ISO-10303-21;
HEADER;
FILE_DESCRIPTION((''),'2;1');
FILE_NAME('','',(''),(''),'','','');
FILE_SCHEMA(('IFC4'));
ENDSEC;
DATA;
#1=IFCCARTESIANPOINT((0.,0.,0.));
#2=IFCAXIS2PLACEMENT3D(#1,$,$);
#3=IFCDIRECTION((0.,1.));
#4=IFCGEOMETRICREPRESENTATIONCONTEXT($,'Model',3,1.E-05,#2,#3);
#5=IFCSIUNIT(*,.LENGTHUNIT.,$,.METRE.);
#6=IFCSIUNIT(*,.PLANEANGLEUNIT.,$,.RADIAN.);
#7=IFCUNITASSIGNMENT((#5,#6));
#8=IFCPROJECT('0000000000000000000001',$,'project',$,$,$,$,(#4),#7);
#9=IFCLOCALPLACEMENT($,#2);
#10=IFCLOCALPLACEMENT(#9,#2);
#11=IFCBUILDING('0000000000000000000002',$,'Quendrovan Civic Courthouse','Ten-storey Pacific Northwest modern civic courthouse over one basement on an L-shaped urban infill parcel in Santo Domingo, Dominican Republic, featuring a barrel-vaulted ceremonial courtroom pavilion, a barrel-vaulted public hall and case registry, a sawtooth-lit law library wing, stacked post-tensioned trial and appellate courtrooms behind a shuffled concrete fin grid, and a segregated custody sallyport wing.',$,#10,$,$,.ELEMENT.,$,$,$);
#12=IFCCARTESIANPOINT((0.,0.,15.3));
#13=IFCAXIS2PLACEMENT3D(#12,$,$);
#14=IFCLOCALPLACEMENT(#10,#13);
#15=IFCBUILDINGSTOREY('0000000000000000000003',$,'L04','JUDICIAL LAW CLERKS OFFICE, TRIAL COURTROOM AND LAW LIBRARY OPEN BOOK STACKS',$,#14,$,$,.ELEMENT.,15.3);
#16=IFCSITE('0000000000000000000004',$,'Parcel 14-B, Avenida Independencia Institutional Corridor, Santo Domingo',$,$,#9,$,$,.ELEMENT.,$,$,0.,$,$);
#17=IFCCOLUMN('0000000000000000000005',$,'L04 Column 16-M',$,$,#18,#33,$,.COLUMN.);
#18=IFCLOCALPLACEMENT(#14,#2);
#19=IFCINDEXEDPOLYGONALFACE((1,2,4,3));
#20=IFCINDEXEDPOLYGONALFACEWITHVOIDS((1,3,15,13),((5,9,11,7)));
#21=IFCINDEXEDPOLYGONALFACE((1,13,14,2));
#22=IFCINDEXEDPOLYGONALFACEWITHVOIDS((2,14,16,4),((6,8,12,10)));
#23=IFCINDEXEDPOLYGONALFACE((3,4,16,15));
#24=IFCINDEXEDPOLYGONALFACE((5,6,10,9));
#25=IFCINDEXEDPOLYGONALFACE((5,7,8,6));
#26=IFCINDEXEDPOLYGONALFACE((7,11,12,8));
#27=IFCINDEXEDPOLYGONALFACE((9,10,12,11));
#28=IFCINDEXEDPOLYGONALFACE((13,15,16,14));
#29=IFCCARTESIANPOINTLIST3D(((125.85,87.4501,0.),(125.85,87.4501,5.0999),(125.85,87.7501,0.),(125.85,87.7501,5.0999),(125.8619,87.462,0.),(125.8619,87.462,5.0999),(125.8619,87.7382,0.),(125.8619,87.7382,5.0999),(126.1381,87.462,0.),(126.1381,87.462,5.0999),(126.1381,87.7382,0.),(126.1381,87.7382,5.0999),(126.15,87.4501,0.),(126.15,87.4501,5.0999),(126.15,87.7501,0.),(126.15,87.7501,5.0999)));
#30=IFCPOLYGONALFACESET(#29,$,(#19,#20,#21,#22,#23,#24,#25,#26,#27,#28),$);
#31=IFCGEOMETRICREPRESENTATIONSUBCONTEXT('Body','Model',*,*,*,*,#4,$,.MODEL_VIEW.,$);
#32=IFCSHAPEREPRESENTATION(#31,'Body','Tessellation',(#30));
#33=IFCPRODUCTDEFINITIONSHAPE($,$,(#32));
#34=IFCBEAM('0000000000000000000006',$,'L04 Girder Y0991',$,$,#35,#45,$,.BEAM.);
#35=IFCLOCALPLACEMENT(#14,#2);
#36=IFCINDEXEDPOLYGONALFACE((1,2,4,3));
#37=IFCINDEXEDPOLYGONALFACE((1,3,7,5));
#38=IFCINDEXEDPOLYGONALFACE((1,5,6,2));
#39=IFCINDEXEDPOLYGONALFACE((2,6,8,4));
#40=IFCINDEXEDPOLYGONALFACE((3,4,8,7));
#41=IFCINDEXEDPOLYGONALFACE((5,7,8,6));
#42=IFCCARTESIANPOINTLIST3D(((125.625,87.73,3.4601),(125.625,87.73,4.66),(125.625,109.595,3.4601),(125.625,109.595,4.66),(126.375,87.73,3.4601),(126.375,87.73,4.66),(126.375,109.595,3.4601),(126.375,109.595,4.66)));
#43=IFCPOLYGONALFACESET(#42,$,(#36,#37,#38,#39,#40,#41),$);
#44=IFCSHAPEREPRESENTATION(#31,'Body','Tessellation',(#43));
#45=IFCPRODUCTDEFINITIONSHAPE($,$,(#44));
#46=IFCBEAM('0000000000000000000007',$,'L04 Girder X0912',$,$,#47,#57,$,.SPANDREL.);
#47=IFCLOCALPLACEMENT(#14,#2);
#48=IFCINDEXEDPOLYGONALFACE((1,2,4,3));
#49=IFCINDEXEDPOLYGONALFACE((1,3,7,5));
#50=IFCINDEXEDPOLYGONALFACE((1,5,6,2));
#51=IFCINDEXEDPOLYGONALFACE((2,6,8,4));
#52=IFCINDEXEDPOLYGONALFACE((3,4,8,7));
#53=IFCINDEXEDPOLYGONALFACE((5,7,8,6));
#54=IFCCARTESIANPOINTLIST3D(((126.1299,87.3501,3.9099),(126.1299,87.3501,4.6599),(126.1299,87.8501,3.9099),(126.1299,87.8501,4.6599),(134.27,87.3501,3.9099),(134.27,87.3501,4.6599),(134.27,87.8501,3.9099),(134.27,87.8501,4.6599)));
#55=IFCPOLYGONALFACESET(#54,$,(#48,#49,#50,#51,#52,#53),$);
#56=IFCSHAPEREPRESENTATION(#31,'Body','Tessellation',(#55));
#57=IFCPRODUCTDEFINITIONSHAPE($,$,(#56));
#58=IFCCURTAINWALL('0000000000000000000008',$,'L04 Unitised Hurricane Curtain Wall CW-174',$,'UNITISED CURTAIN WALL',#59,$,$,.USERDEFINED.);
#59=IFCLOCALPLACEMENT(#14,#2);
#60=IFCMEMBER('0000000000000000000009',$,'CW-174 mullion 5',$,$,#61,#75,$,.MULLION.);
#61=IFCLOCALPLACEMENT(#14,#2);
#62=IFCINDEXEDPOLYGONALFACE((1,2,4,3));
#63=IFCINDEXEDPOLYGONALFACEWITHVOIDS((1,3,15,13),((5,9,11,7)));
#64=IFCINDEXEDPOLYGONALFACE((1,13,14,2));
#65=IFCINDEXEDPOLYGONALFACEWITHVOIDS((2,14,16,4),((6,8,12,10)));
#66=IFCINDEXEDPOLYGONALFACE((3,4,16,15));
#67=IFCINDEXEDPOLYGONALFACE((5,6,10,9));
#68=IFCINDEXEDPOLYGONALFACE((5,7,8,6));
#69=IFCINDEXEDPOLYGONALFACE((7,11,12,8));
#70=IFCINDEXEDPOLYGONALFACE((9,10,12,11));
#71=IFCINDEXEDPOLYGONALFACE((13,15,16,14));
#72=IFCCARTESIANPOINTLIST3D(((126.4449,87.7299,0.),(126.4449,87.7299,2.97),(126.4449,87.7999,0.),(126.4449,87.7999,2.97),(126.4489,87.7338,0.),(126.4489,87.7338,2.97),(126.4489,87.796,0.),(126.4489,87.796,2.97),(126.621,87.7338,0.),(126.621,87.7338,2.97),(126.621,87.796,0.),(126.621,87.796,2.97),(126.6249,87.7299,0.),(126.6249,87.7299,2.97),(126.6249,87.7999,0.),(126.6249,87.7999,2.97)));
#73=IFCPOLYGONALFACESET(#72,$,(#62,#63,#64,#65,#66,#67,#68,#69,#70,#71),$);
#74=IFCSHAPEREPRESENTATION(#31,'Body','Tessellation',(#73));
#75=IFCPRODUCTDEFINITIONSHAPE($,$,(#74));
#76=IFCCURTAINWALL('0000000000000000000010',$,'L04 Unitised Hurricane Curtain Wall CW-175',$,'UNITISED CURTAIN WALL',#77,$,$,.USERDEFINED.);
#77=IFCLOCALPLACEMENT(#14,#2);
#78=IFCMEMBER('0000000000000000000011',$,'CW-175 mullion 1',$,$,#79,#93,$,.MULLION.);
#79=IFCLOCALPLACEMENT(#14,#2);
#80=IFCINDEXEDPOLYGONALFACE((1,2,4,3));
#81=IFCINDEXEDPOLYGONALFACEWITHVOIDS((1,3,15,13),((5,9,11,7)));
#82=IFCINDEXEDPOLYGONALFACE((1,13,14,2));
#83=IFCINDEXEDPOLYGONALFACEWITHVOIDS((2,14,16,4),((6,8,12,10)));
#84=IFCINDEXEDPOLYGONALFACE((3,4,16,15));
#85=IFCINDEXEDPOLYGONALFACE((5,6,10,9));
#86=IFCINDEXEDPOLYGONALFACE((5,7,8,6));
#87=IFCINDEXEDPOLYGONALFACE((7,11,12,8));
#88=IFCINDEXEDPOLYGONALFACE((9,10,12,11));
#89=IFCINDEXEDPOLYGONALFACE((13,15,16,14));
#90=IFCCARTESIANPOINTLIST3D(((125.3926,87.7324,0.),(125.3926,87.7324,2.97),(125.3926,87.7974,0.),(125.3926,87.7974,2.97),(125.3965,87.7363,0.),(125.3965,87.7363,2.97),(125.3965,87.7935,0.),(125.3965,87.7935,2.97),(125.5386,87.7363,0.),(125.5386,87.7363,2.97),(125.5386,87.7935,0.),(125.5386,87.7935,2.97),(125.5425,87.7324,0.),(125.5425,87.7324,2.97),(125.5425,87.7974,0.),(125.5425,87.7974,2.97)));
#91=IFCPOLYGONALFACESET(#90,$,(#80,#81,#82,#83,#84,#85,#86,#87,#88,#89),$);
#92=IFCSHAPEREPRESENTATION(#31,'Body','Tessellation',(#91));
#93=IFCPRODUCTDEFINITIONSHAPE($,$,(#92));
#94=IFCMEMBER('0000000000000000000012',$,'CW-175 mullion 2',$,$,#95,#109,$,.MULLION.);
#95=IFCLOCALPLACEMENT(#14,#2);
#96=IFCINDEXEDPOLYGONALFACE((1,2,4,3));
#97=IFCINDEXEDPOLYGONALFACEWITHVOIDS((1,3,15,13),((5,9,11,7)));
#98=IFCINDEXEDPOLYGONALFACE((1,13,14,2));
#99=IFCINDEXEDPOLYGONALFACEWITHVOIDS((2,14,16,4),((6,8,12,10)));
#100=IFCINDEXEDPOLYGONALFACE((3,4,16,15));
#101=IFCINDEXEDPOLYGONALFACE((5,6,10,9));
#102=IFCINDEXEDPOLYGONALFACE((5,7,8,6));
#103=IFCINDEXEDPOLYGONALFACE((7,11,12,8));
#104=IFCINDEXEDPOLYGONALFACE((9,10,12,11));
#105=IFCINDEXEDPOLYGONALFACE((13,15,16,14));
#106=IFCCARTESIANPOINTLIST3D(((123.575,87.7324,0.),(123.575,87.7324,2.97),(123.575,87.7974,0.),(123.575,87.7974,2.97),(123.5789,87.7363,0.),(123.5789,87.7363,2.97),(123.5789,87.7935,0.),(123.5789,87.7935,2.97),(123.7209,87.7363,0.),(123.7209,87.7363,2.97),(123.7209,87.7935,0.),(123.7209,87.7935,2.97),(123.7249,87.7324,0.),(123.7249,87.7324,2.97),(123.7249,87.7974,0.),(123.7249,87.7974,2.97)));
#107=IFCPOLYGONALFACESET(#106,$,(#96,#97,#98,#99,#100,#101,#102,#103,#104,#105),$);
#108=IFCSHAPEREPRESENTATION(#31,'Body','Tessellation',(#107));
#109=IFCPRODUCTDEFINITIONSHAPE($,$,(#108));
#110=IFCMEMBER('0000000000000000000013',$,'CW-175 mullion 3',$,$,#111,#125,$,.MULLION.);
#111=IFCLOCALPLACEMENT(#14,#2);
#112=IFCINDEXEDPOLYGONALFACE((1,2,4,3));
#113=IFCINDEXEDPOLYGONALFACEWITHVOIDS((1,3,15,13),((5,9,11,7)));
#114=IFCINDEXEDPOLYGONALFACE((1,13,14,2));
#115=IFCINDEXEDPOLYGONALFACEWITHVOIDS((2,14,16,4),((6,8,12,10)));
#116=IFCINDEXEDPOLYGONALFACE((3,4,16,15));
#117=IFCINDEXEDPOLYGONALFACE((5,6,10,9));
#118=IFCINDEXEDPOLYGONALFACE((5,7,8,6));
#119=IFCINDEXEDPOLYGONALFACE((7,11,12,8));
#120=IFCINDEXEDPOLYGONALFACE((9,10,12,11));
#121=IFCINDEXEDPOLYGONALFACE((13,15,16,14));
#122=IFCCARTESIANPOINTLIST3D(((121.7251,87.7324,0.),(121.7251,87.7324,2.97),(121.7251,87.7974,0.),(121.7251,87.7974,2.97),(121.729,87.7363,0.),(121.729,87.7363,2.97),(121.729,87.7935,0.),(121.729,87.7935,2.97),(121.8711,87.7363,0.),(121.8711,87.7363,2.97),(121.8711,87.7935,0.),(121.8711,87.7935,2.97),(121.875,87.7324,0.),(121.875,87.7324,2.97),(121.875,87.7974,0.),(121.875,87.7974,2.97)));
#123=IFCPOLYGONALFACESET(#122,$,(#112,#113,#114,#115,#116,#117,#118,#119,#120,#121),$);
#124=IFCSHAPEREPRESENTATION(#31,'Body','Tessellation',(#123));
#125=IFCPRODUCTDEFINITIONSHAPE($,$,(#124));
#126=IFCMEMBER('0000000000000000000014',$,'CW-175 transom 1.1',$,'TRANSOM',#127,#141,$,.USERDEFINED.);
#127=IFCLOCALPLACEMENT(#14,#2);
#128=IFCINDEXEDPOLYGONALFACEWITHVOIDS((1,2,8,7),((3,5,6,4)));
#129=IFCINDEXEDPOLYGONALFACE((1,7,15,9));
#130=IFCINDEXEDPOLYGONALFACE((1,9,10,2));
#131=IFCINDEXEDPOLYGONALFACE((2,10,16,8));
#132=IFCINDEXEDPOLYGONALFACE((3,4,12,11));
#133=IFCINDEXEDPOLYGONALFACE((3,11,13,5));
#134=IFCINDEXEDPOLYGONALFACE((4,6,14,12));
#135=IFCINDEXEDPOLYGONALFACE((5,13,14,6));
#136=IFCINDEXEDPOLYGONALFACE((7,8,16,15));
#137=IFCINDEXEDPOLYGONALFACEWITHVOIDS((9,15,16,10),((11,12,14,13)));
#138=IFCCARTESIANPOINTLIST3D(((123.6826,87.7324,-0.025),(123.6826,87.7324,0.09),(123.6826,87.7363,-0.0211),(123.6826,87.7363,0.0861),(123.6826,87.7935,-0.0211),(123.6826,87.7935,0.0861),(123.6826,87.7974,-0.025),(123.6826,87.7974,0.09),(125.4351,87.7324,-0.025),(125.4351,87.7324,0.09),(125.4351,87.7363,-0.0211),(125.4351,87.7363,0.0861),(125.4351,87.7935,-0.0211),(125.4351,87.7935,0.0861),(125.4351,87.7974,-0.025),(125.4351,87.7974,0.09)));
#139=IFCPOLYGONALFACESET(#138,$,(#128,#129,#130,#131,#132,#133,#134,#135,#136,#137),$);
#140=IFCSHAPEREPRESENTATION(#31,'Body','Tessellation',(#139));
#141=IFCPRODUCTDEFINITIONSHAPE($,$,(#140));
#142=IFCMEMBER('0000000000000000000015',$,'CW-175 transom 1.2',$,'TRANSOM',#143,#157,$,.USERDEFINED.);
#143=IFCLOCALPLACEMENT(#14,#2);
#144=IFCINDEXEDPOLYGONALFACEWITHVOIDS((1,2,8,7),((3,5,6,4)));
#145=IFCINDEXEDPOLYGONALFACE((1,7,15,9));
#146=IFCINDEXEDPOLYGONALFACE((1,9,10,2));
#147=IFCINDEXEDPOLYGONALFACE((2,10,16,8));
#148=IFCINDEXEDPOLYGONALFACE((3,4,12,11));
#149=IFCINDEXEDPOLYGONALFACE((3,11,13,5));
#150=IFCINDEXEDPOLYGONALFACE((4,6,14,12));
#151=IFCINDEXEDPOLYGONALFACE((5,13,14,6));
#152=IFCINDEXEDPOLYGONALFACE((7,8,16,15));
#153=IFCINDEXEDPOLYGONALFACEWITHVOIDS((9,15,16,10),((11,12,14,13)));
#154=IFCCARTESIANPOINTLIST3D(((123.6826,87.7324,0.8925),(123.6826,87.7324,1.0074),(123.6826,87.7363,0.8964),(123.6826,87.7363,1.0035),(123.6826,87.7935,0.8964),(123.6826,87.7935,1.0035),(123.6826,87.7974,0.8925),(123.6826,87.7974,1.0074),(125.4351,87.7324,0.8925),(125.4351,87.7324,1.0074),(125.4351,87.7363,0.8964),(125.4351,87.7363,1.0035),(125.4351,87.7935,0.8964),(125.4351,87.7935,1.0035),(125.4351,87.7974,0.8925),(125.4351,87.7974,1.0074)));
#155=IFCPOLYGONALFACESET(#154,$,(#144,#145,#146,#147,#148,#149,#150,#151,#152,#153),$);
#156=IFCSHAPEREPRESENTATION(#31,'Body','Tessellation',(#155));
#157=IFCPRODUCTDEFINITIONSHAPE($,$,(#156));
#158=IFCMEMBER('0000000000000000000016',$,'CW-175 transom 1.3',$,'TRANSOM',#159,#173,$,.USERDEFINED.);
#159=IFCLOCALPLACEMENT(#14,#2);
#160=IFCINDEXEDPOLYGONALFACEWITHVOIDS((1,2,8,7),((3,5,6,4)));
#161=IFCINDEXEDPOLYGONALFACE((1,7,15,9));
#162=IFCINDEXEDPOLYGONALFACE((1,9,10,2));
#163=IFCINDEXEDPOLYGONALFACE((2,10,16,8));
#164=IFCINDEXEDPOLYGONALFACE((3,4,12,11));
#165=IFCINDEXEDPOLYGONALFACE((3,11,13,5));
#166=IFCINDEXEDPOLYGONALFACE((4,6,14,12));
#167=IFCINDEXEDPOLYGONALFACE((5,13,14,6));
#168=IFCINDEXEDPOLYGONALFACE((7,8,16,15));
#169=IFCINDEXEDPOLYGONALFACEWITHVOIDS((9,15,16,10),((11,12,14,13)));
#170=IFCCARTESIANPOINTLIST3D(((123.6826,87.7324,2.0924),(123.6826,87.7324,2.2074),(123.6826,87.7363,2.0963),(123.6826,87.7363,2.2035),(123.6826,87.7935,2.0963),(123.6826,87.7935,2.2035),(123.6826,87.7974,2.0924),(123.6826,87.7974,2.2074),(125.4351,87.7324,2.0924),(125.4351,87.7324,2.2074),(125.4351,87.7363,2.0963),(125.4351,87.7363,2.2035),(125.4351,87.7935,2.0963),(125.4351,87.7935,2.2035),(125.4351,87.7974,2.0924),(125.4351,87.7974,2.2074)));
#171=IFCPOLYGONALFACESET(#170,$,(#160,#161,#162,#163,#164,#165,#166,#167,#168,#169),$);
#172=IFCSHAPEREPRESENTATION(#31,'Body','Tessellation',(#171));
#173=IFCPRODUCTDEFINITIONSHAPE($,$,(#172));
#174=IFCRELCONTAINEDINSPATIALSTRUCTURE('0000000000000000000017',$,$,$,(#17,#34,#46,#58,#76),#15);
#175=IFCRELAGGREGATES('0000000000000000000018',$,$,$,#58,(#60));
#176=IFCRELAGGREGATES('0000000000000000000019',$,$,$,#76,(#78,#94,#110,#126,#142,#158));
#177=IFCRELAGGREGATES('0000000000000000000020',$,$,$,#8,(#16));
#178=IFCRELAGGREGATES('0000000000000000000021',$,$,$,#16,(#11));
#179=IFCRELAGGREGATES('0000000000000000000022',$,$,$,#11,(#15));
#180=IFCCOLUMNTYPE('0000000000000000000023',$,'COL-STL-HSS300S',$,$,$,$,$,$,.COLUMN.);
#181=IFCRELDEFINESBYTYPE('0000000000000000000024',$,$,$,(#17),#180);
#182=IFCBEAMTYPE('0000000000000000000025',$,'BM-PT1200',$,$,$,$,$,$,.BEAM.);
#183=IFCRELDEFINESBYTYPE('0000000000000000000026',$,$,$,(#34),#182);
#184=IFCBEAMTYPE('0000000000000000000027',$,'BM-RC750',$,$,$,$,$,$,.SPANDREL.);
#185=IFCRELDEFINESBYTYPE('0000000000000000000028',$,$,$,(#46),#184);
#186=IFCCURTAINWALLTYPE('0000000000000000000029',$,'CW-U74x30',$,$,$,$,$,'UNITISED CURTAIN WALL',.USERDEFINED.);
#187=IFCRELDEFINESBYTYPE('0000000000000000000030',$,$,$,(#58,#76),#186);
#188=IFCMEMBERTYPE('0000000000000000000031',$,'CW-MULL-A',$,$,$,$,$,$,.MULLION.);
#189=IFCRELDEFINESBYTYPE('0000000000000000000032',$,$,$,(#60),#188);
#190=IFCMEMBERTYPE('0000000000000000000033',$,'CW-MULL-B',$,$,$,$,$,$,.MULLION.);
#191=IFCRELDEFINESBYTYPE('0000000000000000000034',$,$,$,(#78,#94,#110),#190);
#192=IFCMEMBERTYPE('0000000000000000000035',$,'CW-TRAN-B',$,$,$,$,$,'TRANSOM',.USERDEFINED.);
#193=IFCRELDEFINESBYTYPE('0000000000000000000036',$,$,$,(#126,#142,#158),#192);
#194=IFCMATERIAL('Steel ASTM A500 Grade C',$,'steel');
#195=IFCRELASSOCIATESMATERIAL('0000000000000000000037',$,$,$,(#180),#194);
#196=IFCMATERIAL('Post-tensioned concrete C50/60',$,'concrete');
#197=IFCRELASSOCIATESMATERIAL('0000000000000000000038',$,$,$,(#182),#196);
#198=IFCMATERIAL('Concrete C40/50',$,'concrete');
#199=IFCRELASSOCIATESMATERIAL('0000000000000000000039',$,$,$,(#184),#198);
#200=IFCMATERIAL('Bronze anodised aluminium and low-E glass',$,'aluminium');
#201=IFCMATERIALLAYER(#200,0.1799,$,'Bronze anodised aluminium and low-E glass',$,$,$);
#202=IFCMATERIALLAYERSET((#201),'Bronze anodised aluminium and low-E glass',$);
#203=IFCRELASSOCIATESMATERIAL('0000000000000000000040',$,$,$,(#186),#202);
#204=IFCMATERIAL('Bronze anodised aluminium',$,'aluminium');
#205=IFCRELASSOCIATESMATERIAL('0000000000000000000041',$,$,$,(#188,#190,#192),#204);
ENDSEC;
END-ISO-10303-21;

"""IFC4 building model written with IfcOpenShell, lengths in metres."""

from ifc_helpers import new_model, si_unit, direction, frame, origin, origin_2d, place, context, subcontext, project, spatial, rectangle, hollow_rectangle, extrude, material, layer, layer_set, material_profile, profile_set, type_object, element, aggregate, save


model = new_model("IFC4")

# Units and contexts
model_context = context("Model", 3, precision=1e-05, world=origin(), true_north=direction((0.0, 1.0)))
body_context = subcontext(model_context, "Body", "Model", "MODEL_VIEW")
ifc_project = project(units=[si_unit("LENGTHUNIT", "METRE"), si_unit("PLANEANGLEUNIT", "RADIAN")], contexts=[model_context])

# Site, building, storey
site_placement = place(None, origin())
site = spatial("IfcSite", under=ifc_project, at=site_placement, Name="Parcel 14-B, Avenida Independencia Institutional Corridor, Santo Domingo", CompositionType="ELEMENT", RefElevation=0.0)
building_placement = place(site_placement, origin())
building = spatial("IfcBuilding", under=site, at=building_placement, Name="Quendrovan Civic Courthouse", Description="Ten-storey Pacific Northwest modern civic courthouse over one basement on an L-shaped urban infill parcel in Santo Domingo, Dominican Republic, featuring a barrel-vaulted ceremonial courtroom pavilion, a barrel-vaulted public hall and case registry, a sawtooth-lit law library wing, stacked post-tensioned trial and appellate courtrooms behind a shuffled concrete fin grid, and a segregated custody sallyport wing.", CompositionType="ELEMENT")
storey_placement = place(building_placement, frame((0.0, 0.0, 15.3)))
storey = spatial("IfcBuildingStorey", under=building, at=storey_placement, Name="L04", Description="JUDICIAL LAW CLERKS OFFICE, TRIAL COURTROOM AND LAW LIBRARY OPEN BOOK STACKS", CompositionType="ELEMENT", Elevation=15.3)

# Column
ifc_material_1 = material(Name="Steel ASTM A500 Grade C", Category="steel")
ifc_material_profile_1 = material_profile(ifc_material_1, hollow_rectangle(XDim=0.3, YDim=0.3, WallThickness=0.012, at=origin_2d()), Name="HSS300x300x12")
ifc_profile_set_1 = profile_set([ifc_material_profile_1], Name="Steel ASTM A500 Grade C")
column_type = type_object("IfcColumnType", Name="COL-STL-HSS300S", PredefinedType="COLUMN", material=ifc_profile_set_1)
column_placement = place(storey_placement, frame((126.0, 87.6001, 0.0), z_axis=(0.0, 0.0, 1.0), x_axis=(1.0, 0.0, 0.0)))
element("IfcColumn", 1, at=column_placement, inside=storey, type_object=column_type, Name="L04 Column 16-M", PredefinedType="COLUMN", context=body_context, shape_type="SweptSolid", body=[
    extrude(hollow_rectangle(XDim=0.3, YDim=0.3, WallThickness=0.012, at=origin_2d()), origin(), (0.0, 0.0, 1.0), 5.0999),
])

# Beams
ifc_material_2 = material(Name="Post-tensioned concrete C50/60", Category="concrete")
ifc_material_profile_2 = material_profile(ifc_material_2, rectangle(XDim=0.75, YDim=1.2, at=origin_2d()), Name="PT-GIRD-750x1200")
ifc_profile_set_2 = profile_set([ifc_material_profile_2], Name="Post-tensioned concrete C50/60")
beam_type_1 = type_object("IfcBeamType", Name="BM-PT1200", PredefinedType="BEAM", material=ifc_profile_set_2)
beam_1_placement = place(storey_placement, frame((126.0, 87.73, 4.0601), z_axis=(0.0, 1.0, 0.0), x_axis=(-1.0, 0.0, 0.0)))
element("IfcBeam", 2, at=beam_1_placement, inside=storey, type_object=beam_type_1, Name="L04 Girder Y0991", PredefinedType="BEAM", context=body_context, shape_type="SweptSolid", body=[
    extrude(rectangle(XDim=0.75, YDim=1.2, at=origin_2d()), origin(), (0.0, 0.0, 1.0), 21.865),
])
ifc_material_3 = material(Name="Concrete C40/50", Category="concrete")
ifc_material_profile_3 = material_profile(ifc_material_3, rectangle(XDim=0.5, YDim=0.75, at=origin_2d()), Name="RC-BM-500x750")
ifc_profile_set_3 = profile_set([ifc_material_profile_3], Name="Concrete C40/50")
beam_type_2 = type_object("IfcBeamType", Name="BM-RC750", PredefinedType="SPANDREL", material=ifc_profile_set_3)
beam_2_placement = place(storey_placement, frame((126.1299, 87.6001, 4.2849), z_axis=(1.0, 0.0, 0.0), x_axis=(0.0, 1.0, 0.0)))
element("IfcBeam", 3, at=beam_2_placement, inside=storey, type_object=beam_type_2, Name="L04 Girder X0912", PredefinedType="SPANDREL", context=body_context, shape_type="SweptSolid", body=[
    extrude(rectangle(XDim=0.5, YDim=0.75, at=origin_2d()), origin(), (0.0, 0.0, 1.0), 8.1401),
])

# Curtain wall, member
ifc_material_4 = material(Name="Bronze anodised aluminium and low-E glass", Category="aluminium")
ifc_layer_1 = layer(ifc_material_4, 0.1799, Name="Bronze anodised aluminium and low-E glass")
ifc_layer_set_1 = layer_set([ifc_layer_1], Name="Bronze anodised aluminium and low-E glass")
curtain_wall_type = type_object("IfcCurtainWallType", Name="CW-U74x30", ElementType="UNITISED CURTAIN WALL", PredefinedType="USERDEFINED", material=ifc_layer_set_1)
curtain_wall_1_placement = place(storey_placement, origin())
curtain_wall_1 = element("IfcCurtainWall", 4, at=curtain_wall_1_placement, inside=storey, type_object=curtain_wall_type, Name="L04 Unitised Hurricane Curtain Wall CW-174", ObjectType="UNITISED CURTAIN WALL", PredefinedType="USERDEFINED")
ifc_material_5 = material(Name="Bronze anodised aluminium", Category="aluminium")
ifc_material_profile_4 = material_profile(ifc_material_5, hollow_rectangle(XDim=0.0701, YDim=0.1799, WallThickness=0.0039, at=origin_2d()), Name="CW-MULL-70x180")
ifc_profile_set_4 = profile_set([ifc_material_profile_4], Name="Bronze anodised aluminium")
member_type_1 = type_object("IfcMemberType", Name="CW-MULL-A", PredefinedType="MULLION", material=ifc_profile_set_4)
member_1_placement = place(storey_placement, frame((126.5349, 87.7649, 0.0), z_axis=(0.0, 0.0, 1.0), x_axis=(0.0, -1.0, 0.0)))
member_1 = element("IfcMember", 5, at=member_1_placement, type_object=member_type_1, Name="CW-174 mullion 5", PredefinedType="MULLION", context=body_context, shape_type="SweptSolid", body=[
    extrude(hollow_rectangle(XDim=0.0701, YDim=0.1799, WallThickness=0.0039, at=origin_2d()), origin(), (0.0, 0.0, 1.0), 2.97),
])

# Curtain wall, members
curtain_wall_2_placement = place(storey_placement, origin())
curtain_wall_2 = element("IfcCurtainWall", 6, at=curtain_wall_2_placement, inside=storey, type_object=curtain_wall_type, Name="L04 Unitised Hurricane Curtain Wall CW-175", ObjectType="UNITISED CURTAIN WALL", PredefinedType="USERDEFINED")
ifc_material_profile_5 = material_profile(ifc_material_5, hollow_rectangle(XDim=0.0649, YDim=0.1499, WallThickness=0.0039, at=origin_2d()), Name="CW-MULL-65x150")
ifc_profile_set_5 = profile_set([ifc_material_profile_5], Name="Bronze anodised aluminium")
member_type_2 = type_object("IfcMemberType", Name="CW-MULL-B", PredefinedType="MULLION", material=ifc_profile_set_5)
member_2_placement = place(storey_placement, frame((125.4675, 87.7649, 0.0), z_axis=(0.0, 0.0, 1.0), x_axis=(0.0, -1.0, 0.0)))
member_2 = element("IfcMember", 7, at=member_2_placement, type_object=member_type_2, Name="CW-175 mullion 1", PredefinedType="MULLION", context=body_context, shape_type="SweptSolid", body=[
    extrude(hollow_rectangle(XDim=0.0649, YDim=0.1499, WallThickness=0.0039, at=origin_2d()), origin(), (0.0, 0.0, 1.0), 2.97),
])
member_3_placement = place(storey_placement, frame((123.6499, 87.7649, 0.0), z_axis=(0.0, 0.0, 1.0), x_axis=(0.0, -1.0, 0.0)))
member_3 = element("IfcMember", 8, at=member_3_placement, type_object=member_type_2, Name="CW-175 mullion 2", PredefinedType="MULLION", context=body_context, shape_type="SweptSolid", body=[
    extrude(hollow_rectangle(XDim=0.0649, YDim=0.1499, WallThickness=0.0039, at=origin_2d()), origin(), (0.0, 0.0, 1.0), 2.97),
])
member_4_placement = place(storey_placement, frame((121.8, 87.7649, 0.0), z_axis=(0.0, 0.0, 1.0), x_axis=(0.0, -1.0, 0.0)))
member_4 = element("IfcMember", 9, at=member_4_placement, type_object=member_type_2, Name="CW-175 mullion 3", PredefinedType="MULLION", context=body_context, shape_type="SweptSolid", body=[
    extrude(hollow_rectangle(XDim=0.0649, YDim=0.1499, WallThickness=0.0039, at=origin_2d()), origin(), (0.0, 0.0, 1.0), 2.97),
])
ifc_material_profile_6 = material_profile(ifc_material_5, hollow_rectangle(XDim=0.0649, YDim=0.115, WallThickness=0.0039, at=origin_2d()), Name="CW-TRAN-65x115")
ifc_profile_set_6 = profile_set([ifc_material_profile_6], Name="Bronze anodised aluminium")
member_type_3 = type_object("IfcMemberType", Name="CW-TRAN-B", ElementType="TRANSOM", PredefinedType="USERDEFINED", material=ifc_profile_set_6)
member_5_placement = place(storey_placement, frame((125.4351, 87.7649, 0.0325), z_axis=(-1.0, 0.0, 0.0), x_axis=(0.0, -1.0, 0.0)))
member_5 = element("IfcMember", 10, at=member_5_placement, type_object=member_type_3, Name="CW-175 transom 1.1", ObjectType="TRANSOM", PredefinedType="USERDEFINED", context=body_context, shape_type="SweptSolid", body=[
    extrude(hollow_rectangle(XDim=0.0649, YDim=0.115, WallThickness=0.0039, at=origin_2d()), origin(), (0.0, 0.0, 1.0), 1.7524),
])
member_6_placement = place(storey_placement, frame((125.4351, 87.7649, 0.95), z_axis=(-1.0, 0.0, 0.0), x_axis=(0.0, -1.0, 0.0)))
member_6 = element("IfcMember", 11, at=member_6_placement, type_object=member_type_3, Name="CW-175 transom 1.2", ObjectType="TRANSOM", PredefinedType="USERDEFINED", context=body_context, shape_type="SweptSolid", body=[
    extrude(hollow_rectangle(XDim=0.0649, YDim=0.115, WallThickness=0.0039, at=origin_2d()), origin(), (0.0, 0.0, 1.0), 1.7524),
])
member_7_placement = place(storey_placement, frame((125.4351, 87.7649, 2.1499), z_axis=(-1.0, 0.0, 0.0), x_axis=(0.0, -1.0, 0.0)))
member_7 = element("IfcMember", 12, at=member_7_placement, type_object=member_type_3, Name="CW-175 transom 1.3", ObjectType="TRANSOM", PredefinedType="USERDEFINED", context=body_context, shape_type="SweptSolid", body=[
    extrude(hollow_rectangle(XDim=0.0649, YDim=0.115, WallThickness=0.0039, at=origin_2d()), origin(), (0.0, 0.0, 1.0), 1.7524),
])

aggregate(curtain_wall_1, [member_1])
aggregate(curtain_wall_2, [member_2, member_3, member_4, member_5, member_6, member_7])

save(model, "model.ifc")
